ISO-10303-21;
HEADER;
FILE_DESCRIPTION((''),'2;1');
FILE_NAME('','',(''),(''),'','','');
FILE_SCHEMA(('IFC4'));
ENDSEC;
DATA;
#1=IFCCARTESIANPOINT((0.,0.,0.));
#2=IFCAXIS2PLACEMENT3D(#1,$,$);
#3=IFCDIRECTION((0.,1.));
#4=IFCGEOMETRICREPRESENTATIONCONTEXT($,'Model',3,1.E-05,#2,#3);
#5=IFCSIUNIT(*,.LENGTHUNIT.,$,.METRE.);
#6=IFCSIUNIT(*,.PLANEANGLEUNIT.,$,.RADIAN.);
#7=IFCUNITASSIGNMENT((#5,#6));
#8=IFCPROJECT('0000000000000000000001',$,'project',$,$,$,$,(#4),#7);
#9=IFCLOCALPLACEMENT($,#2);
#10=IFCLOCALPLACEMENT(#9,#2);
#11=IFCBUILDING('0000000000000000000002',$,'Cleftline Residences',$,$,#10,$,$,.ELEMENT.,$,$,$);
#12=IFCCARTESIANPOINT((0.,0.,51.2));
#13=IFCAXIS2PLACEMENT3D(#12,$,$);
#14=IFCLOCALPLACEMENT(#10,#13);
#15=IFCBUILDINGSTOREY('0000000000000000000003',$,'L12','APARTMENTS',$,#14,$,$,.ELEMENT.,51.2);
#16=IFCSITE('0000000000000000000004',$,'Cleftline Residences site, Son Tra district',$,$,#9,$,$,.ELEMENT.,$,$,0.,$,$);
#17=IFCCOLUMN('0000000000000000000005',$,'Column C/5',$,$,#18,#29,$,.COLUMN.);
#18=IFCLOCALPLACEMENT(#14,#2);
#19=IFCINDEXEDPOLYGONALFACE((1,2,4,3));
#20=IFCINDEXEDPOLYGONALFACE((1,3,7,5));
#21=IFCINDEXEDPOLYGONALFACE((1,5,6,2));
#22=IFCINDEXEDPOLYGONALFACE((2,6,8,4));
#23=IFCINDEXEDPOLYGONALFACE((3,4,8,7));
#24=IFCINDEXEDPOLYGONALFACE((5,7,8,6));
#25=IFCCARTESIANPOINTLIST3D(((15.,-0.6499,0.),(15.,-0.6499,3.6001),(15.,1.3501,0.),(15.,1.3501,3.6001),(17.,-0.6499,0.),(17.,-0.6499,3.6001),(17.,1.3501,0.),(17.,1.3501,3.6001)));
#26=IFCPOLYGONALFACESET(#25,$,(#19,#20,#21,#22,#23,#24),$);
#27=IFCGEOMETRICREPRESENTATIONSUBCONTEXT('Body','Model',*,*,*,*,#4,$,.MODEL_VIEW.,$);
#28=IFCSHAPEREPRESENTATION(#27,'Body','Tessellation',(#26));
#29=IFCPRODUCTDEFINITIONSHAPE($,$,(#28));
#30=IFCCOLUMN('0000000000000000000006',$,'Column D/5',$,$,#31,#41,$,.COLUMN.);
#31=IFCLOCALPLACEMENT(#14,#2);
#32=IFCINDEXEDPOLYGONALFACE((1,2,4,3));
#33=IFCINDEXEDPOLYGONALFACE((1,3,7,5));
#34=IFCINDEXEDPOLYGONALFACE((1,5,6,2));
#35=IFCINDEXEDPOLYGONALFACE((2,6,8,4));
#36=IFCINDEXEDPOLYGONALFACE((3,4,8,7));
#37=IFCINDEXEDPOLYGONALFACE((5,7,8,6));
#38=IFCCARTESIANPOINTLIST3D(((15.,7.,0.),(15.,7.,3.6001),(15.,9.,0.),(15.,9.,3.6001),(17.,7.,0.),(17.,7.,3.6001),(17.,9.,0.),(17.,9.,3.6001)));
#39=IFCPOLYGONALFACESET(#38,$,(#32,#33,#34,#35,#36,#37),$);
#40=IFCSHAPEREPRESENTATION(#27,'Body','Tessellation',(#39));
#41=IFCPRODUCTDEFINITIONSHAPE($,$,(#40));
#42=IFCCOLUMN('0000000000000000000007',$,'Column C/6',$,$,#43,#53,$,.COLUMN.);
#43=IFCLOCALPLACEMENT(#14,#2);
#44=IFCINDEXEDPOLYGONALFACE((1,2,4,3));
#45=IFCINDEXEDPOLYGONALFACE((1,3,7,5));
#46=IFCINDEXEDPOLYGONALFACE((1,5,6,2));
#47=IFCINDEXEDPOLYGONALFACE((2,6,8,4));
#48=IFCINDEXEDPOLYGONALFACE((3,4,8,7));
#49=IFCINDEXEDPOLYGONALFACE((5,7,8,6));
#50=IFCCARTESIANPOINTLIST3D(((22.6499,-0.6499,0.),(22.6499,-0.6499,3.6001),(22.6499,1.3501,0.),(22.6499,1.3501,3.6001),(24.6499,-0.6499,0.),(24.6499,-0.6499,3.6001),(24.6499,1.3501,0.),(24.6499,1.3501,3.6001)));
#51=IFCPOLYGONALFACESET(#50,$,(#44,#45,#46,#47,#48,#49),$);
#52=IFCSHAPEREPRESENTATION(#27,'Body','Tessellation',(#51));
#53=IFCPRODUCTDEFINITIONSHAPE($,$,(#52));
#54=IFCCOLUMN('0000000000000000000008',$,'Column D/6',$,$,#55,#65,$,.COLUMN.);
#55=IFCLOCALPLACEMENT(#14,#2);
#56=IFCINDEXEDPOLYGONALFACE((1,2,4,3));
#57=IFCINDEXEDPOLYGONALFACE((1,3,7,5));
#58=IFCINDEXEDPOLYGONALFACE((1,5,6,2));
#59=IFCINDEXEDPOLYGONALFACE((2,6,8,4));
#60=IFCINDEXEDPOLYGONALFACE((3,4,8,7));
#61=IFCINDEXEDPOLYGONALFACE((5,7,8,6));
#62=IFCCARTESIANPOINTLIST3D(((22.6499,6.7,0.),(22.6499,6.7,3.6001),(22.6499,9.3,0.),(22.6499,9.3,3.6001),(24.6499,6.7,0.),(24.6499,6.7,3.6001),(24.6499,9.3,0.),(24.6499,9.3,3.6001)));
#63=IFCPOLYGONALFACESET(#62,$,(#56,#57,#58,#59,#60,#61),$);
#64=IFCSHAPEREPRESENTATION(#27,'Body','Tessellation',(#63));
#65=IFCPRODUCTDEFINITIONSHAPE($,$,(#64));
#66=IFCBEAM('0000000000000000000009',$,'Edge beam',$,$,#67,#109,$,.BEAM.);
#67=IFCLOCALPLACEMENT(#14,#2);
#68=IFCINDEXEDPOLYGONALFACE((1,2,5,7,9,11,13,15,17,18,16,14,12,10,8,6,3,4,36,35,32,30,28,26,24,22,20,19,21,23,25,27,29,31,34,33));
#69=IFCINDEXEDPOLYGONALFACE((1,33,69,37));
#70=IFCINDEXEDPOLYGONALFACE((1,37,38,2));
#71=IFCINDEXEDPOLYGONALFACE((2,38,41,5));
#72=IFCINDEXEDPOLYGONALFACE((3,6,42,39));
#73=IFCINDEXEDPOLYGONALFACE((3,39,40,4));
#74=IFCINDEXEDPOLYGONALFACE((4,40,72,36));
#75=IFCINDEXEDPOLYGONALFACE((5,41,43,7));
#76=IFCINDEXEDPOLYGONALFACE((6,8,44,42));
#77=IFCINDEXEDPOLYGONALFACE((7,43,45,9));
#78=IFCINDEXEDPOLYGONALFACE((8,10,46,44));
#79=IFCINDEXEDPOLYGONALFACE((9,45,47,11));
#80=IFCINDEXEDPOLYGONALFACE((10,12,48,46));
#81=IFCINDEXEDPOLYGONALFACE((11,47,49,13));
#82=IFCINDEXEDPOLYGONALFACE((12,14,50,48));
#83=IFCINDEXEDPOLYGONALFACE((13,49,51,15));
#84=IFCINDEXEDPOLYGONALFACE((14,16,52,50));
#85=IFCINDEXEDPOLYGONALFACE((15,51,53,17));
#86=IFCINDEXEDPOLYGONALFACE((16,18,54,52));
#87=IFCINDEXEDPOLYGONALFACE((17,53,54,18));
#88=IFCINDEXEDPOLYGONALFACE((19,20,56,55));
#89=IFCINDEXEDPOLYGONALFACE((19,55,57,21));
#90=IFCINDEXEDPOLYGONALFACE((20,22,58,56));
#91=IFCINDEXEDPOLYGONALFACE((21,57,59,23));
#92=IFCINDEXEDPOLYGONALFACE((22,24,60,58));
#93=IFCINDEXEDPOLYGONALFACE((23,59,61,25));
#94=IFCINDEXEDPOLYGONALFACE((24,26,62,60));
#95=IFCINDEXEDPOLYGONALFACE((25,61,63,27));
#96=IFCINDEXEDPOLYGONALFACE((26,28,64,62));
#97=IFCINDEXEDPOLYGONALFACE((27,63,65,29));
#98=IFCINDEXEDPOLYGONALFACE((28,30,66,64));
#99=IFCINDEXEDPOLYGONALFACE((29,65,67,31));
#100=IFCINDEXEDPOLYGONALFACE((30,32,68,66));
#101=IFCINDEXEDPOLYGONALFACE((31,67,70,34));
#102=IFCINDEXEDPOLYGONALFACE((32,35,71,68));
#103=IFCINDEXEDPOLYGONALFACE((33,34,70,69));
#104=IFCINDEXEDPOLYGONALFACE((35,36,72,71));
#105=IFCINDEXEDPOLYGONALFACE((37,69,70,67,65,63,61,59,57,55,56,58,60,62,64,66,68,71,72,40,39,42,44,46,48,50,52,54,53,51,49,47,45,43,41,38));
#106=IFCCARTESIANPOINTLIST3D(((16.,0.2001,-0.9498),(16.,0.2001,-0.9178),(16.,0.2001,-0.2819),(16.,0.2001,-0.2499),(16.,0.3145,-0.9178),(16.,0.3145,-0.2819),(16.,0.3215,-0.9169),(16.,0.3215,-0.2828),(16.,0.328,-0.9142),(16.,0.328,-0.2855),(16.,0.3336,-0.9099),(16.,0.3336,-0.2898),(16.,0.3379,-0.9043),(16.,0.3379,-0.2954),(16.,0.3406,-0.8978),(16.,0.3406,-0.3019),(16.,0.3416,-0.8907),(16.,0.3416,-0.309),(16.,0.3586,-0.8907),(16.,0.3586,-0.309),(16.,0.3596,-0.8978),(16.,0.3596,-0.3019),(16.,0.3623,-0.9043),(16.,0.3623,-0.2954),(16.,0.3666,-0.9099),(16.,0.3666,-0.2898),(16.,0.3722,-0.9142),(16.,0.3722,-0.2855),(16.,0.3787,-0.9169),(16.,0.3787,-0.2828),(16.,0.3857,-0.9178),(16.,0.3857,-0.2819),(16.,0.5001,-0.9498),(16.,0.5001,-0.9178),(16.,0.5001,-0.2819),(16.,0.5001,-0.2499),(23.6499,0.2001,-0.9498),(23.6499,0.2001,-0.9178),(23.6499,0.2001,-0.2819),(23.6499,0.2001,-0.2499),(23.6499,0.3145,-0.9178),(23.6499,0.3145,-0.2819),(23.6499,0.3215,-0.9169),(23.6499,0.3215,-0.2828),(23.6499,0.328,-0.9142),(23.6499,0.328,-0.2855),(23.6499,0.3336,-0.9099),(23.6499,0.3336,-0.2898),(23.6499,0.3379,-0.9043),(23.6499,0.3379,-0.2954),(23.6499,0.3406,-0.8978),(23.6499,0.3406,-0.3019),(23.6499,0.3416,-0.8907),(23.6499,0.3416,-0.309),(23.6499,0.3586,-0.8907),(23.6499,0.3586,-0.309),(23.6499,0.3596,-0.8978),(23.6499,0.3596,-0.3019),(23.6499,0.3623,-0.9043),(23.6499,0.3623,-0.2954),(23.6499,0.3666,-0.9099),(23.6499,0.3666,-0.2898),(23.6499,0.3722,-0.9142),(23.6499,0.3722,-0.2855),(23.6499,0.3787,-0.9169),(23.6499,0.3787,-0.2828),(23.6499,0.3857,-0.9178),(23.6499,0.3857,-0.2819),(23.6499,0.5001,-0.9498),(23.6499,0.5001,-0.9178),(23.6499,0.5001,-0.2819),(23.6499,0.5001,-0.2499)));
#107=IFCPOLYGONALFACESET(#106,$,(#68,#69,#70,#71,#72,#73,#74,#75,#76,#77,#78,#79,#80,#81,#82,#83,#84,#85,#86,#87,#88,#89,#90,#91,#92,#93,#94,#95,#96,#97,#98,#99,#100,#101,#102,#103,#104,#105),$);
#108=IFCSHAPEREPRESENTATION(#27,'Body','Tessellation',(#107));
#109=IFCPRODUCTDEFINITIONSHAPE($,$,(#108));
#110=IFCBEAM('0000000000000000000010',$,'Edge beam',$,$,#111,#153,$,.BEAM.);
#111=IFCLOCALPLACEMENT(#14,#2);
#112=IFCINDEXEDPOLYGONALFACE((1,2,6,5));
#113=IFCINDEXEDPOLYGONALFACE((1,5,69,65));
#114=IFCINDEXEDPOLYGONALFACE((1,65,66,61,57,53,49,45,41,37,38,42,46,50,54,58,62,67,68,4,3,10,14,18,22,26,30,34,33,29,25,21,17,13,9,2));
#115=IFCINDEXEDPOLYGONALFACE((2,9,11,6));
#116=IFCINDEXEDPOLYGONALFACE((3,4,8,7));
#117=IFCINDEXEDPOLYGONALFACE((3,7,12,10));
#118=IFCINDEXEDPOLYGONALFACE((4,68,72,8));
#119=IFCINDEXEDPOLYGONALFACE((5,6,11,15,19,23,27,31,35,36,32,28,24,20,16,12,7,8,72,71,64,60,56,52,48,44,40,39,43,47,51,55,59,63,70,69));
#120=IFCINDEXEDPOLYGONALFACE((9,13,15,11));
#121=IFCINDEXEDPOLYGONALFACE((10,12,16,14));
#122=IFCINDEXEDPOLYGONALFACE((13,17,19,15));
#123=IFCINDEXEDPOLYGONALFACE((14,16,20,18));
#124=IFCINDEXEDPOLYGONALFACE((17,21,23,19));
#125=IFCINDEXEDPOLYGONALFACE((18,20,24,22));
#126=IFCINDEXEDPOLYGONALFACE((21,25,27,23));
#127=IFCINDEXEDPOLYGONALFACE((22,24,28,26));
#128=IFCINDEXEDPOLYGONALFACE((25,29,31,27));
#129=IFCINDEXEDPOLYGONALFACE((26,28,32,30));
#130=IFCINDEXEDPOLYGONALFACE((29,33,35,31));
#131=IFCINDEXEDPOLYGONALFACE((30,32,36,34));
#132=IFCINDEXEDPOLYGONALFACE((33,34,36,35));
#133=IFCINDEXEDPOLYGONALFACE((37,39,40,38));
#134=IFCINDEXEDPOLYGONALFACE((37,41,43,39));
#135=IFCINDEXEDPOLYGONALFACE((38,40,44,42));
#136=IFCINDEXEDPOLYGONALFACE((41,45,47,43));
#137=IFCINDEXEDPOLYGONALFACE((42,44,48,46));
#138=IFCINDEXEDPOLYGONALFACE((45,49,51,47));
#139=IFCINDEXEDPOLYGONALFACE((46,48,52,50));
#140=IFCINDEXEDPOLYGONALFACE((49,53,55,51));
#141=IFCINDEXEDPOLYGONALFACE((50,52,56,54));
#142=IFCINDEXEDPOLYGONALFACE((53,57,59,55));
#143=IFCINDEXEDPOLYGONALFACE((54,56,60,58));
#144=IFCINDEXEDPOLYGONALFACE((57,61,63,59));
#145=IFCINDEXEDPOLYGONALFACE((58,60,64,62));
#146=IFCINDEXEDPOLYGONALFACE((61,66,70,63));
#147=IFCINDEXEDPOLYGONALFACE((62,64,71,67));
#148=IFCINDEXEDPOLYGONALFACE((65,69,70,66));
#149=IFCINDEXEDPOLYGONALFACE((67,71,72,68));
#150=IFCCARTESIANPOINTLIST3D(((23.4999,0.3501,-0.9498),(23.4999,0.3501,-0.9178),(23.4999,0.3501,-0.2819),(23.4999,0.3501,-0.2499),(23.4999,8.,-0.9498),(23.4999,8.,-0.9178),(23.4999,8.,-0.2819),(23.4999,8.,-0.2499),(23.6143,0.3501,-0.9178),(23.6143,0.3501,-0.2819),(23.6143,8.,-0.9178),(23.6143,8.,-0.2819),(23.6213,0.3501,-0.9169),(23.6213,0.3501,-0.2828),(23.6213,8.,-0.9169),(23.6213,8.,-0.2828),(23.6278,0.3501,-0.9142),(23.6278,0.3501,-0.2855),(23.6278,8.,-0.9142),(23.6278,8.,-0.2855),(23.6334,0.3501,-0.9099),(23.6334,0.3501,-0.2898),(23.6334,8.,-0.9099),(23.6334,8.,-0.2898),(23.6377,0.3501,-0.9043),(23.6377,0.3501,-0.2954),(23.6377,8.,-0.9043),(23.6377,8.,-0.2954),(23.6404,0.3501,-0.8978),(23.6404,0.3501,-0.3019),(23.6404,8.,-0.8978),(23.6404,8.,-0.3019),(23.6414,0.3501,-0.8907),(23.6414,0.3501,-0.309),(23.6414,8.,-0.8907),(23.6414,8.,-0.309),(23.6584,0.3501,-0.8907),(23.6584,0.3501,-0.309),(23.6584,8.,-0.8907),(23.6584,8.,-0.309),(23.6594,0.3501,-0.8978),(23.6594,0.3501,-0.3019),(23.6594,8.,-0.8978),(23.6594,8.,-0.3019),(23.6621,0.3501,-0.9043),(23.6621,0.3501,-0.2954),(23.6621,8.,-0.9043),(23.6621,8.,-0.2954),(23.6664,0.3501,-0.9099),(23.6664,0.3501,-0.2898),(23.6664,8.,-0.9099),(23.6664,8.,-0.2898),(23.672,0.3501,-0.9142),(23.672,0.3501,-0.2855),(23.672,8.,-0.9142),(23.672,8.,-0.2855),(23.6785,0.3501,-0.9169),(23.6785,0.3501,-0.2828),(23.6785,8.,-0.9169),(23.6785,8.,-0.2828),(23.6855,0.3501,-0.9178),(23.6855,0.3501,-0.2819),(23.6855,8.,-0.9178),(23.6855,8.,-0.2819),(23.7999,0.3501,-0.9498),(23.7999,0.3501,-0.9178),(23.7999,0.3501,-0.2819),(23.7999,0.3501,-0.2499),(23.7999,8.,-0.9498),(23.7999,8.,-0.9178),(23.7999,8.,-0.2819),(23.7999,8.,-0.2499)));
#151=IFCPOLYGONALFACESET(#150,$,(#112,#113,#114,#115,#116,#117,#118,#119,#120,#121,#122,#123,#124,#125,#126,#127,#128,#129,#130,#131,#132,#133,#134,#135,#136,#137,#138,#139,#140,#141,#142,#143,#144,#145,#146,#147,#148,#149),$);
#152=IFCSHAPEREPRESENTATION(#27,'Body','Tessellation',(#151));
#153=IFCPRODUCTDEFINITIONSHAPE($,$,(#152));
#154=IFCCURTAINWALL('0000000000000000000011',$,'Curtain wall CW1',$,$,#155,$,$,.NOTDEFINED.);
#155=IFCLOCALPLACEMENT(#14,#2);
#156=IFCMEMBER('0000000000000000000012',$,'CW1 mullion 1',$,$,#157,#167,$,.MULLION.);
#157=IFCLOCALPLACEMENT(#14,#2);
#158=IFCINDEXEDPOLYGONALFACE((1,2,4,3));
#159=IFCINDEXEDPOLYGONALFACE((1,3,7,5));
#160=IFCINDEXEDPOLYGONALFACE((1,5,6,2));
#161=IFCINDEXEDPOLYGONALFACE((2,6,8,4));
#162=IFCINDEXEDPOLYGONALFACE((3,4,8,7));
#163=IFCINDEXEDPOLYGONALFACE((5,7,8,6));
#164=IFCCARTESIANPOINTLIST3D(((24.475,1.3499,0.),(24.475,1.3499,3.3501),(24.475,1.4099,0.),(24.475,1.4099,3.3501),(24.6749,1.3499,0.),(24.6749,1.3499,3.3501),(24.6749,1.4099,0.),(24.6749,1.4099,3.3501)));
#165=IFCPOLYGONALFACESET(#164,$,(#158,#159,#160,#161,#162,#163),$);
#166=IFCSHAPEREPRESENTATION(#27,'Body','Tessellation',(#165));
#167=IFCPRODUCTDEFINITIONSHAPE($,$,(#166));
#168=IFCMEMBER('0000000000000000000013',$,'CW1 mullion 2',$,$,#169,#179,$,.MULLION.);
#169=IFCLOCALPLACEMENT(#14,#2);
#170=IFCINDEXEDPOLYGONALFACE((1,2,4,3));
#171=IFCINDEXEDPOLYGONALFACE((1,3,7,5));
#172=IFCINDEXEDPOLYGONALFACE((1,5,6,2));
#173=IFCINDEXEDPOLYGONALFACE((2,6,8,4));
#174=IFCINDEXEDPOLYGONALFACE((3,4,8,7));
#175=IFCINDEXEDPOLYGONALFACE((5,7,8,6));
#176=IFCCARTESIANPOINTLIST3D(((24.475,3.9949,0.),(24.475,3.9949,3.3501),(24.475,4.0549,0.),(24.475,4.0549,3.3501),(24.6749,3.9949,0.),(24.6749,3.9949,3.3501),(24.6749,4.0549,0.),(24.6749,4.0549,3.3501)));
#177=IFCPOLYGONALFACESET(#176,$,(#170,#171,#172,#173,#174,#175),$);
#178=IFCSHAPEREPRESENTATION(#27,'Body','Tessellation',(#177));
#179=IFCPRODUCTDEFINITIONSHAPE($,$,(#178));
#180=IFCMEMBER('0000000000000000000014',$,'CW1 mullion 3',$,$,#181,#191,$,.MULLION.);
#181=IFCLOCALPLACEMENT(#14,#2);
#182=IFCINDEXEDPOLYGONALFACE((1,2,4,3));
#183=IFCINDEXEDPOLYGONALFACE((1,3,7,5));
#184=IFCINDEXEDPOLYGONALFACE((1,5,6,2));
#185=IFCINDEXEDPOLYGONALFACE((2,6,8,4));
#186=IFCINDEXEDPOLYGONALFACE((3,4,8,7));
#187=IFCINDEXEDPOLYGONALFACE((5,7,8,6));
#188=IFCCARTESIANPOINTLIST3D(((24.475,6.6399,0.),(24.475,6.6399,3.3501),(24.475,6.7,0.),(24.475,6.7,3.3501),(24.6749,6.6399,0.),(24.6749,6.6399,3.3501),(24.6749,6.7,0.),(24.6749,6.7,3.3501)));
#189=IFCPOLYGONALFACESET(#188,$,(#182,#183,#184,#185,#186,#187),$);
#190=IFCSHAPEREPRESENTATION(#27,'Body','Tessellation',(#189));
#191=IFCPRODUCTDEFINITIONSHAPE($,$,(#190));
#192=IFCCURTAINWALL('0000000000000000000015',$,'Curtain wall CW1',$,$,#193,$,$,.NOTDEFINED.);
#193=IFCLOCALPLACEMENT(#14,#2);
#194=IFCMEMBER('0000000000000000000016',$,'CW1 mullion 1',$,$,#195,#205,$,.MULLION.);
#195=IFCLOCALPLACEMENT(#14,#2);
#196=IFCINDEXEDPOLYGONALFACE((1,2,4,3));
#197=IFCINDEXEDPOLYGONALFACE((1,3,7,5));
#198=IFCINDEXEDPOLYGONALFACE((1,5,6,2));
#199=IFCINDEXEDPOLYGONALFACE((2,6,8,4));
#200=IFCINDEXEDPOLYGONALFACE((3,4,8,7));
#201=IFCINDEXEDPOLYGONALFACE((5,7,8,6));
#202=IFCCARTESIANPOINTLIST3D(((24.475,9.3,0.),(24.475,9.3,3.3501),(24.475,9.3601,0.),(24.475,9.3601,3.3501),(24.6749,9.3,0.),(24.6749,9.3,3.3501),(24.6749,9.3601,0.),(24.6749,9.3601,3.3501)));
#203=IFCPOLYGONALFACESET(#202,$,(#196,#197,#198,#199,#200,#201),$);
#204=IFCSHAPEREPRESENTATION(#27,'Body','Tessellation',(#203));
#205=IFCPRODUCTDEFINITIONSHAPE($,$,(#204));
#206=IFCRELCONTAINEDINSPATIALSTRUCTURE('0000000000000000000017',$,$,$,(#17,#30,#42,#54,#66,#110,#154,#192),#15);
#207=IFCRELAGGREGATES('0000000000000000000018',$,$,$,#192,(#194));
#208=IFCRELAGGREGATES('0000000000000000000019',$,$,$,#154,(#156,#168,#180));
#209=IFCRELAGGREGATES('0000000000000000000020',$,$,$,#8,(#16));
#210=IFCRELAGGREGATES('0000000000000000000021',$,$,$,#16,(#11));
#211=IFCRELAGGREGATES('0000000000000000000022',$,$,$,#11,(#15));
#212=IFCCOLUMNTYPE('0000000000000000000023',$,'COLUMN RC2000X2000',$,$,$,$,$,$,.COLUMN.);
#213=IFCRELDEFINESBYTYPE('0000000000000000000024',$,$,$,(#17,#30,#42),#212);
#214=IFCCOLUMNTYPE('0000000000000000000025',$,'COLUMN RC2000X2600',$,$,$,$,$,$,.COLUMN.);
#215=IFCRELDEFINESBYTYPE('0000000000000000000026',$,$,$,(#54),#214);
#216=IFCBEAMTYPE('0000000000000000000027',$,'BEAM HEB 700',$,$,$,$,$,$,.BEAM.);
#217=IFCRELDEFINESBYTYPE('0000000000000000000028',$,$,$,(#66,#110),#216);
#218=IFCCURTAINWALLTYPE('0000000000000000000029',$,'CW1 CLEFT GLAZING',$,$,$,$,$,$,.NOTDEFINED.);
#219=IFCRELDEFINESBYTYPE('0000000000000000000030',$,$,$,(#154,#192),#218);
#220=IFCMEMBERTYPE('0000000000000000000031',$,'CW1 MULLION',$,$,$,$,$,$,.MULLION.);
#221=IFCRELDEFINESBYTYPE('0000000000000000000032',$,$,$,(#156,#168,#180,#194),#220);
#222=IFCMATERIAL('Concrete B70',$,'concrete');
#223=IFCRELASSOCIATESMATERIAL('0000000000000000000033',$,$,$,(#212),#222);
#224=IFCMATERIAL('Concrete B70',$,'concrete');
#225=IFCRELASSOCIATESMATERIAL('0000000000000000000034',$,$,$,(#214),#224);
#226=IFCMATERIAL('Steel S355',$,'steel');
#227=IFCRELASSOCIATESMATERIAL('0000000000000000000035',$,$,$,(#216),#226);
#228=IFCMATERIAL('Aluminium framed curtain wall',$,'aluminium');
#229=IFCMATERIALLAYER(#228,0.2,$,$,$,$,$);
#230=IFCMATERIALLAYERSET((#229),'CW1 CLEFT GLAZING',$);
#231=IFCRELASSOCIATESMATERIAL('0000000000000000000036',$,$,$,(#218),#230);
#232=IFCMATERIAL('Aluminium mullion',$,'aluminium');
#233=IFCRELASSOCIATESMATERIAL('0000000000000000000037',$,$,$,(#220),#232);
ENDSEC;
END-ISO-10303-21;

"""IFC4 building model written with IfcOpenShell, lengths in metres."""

from ifc_helpers import new_model, si_unit, direction, frame, origin, origin_2d, place, context, subcontext, project, spatial, rectangle, i_section, extrude, material, layer, layer_set, material_profile, profile_set, type_object, element, aggregate, save


model = new_model("IFC4")

# Units and contexts
model_context = context("Model", 3, precision=1e-05, world=origin(), true_north=direction((0.0, 1.0)))
body_context = subcontext(model_context, "Body", "Model", "MODEL_VIEW")
ifc_project = project(units=[si_unit("LENGTHUNIT", "METRE"), si_unit("PLANEANGLEUNIT", "RADIAN")], contexts=[model_context])

# Site, building, storey
site_placement = place(None, origin())
site = spatial("IfcSite", under=ifc_project, at=site_placement, Name="Cleftline Residences site, Son Tra district", CompositionType="ELEMENT", RefElevation=0.0)
building_placement = place(site_placement, origin())
building = spatial("IfcBuilding", under=site, at=building_placement, Name="Cleftline Residences", CompositionType="ELEMENT")
storey_placement = place(building_placement, frame((0.0, 0.0, 51.2)))
storey = spatial("IfcBuildingStorey", under=building, at=storey_placement, Name="L12", Description="APARTMENTS", CompositionType="ELEMENT", Elevation=51.2)

# Columns
ifc_material_1 = material(Name="Concrete B70", Category="concrete")
ifc_material_profile_1 = material_profile(ifc_material_1, rectangle(XDim=2.0, YDim=2.0, at=origin_2d()))
ifc_profile_set_1 = profile_set([ifc_material_profile_1], Name="Concrete B70")
column_type_1 = type_object("IfcColumnType", Name="COLUMN RC2000X2000", PredefinedType="COLUMN", material=ifc_profile_set_1)
for number, where, z_axis, x_axis, name in (
    (1, (16.0, 0.3501, 0.0), (0.0, 0.0, 1.0), (1.0, 0.0, 0.0), "Column C/5"),
    (2, (16.0, 8.0, 0.0), (0.0, 0.0, 1.0), (1.0, 0.0, 0.0), "Column D/5"),
    (3, (23.6499, 0.3501, 0.0), (0.0, 0.0, 1.0), (1.0, 0.0, 0.0), "Column C/6"),
):
    element("IfcColumn", number, at=place(storey_placement, frame(where, z_axis=z_axis, x_axis=x_axis)), inside=storey, type_object=column_type_1, Name=name, PredefinedType="COLUMN", context=body_context, shape_type="SweptSolid", body=[
        extrude(rectangle(XDim=2.0, YDim=2.0, at=origin_2d()), origin(), (0.0, 0.0, 1.0), 3.6001),
    ])
ifc_material_2 = material(Name="Concrete B70", Category="concrete")
ifc_material_profile_2 = material_profile(ifc_material_2, rectangle(XDim=2.0, YDim=2.6001, at=origin_2d()))
ifc_profile_set_2 = profile_set([ifc_material_profile_2], Name="Concrete B70")
column_type_2 = type_object("IfcColumnType", Name="COLUMN RC2000X2600", PredefinedType="COLUMN", material=ifc_profile_set_2)
column_placement = place(storey_placement, frame((23.6499, 8.0, 0.0), z_axis=(0.0, 0.0, 1.0), x_axis=(1.0, 0.0, 0.0)))
element("IfcColumn", 4, at=column_placement, inside=storey, type_object=column_type_2, Name="Column D/6", PredefinedType="COLUMN", context=body_context, shape_type="SweptSolid", body=[
    extrude(rectangle(XDim=2.0, YDim=2.6001, at=origin_2d()), origin(), (0.0, 0.0, 1.0), 3.6001),
])

# Beams
ifc_material_3 = material(Name="Steel S355", Category="steel")
ifc_material_profile_3 = material_profile(ifc_material_3, i_section(OverallWidth=0.3, OverallDepth=0.7, WebThickness=0.0171, FlangeThickness=0.032, FilletRadius=0.0271, at=origin_2d()))
ifc_profile_set_3 = profile_set([ifc_material_profile_3], Name="Steel S355")
beam_type = type_object("IfcBeamType", Name="BEAM HEB 700", PredefinedType="BEAM", material=ifc_profile_set_3)
for number, where, z_axis, x_axis, name in (
    (5, (16.0, 0.3501, -0.5999), (1.0, 0.0, 0.0), (0.0, 1.0, 0.0), "Edge beam"),
    (6, (23.6499, 0.3501, -0.5999), (0.0, 1.0, 0.0), (-1.0, 0.0, 0.0), "Edge beam"),
):
    element("IfcBeam", number, at=place(storey_placement, frame(where, z_axis=z_axis, x_axis=x_axis)), inside=storey, type_object=beam_type, Name=name, PredefinedType="BEAM", context=body_context, shape_type="SweptSolid", body=[
        extrude(i_section(OverallWidth=0.3, OverallDepth=0.7, WebThickness=0.0171, FlangeThickness=0.032, FilletRadius=0.0271, at=origin_2d()), origin(), (0.0, 0.0, 1.0), 7.6499),
    ])

# Curtain wall, members
ifc_material_4 = material(Name="Aluminium framed curtain wall", Category="aluminium")
ifc_layer_1 = layer(ifc_material_4, 0.2)
ifc_layer_set_1 = layer_set([ifc_layer_1], Name="CW1 CLEFT GLAZING")
curtain_wall_type = type_object("IfcCurtainWallType", Name="CW1 CLEFT GLAZING", PredefinedType="NOTDEFINED", material=ifc_layer_set_1)
curtain_wall_1_placement = place(storey_placement, origin())
curtain_wall_1 = element("IfcCurtainWall", 7, at=curtain_wall_1_placement, inside=storey, type_object=curtain_wall_type, Name="Curtain wall CW1", PredefinedType="NOTDEFINED")
ifc_material_5 = material(Name="Aluminium mullion", Category="aluminium")
ifc_material_profile_4 = material_profile(ifc_material_5, rectangle(XDim=0.2, YDim=0.0601, at=origin_2d()))
ifc_profile_set_4 = profile_set([ifc_material_profile_4], Name="Aluminium mullion")
member_type_1 = type_object("IfcMemberType", Name="CW1 MULLION", PredefinedType="MULLION", material=ifc_profile_set_4)
member_1_placement = place(storey_placement, frame((24.575, 1.3799, 0.0), z_axis=(0.0, 0.0, 1.0), x_axis=(-1.0, 0.0, 0.0)))
member_1 = element("IfcMember", 8, at=member_1_placement, type_object=member_type_1, Name="CW1 mullion 1", PredefinedType="MULLION", context=body_context, shape_type="SweptSolid", body=[
    extrude(rectangle(XDim=0.2, YDim=0.0601, at=origin_2d()), origin(), (0.0, 0.0, 1.0), 3.3501),
])
member_2_placement = place(storey_placement, frame((24.575, 4.0249, 0.0), z_axis=(0.0, 0.0, 1.0), x_axis=(-1.0, 0.0, 0.0)))
member_2 = element("IfcMember", 9, at=member_2_placement, type_object=member_type_1, Name="CW1 mullion 2", PredefinedType="MULLION", context=body_context, shape_type="SweptSolid", body=[
    extrude(rectangle(XDim=0.2, YDim=0.0601, at=origin_2d()), origin(), (0.0, 0.0, 1.0), 3.3501),
])
member_3_placement = place(storey_placement, frame((24.575, 6.6699, 0.0), z_axis=(0.0, 0.0, 1.0), x_axis=(-1.0, 0.0, 0.0)))
member_3 = element("IfcMember", 10, at=member_3_placement, type_object=member_type_1, Name="CW1 mullion 3", PredefinedType="MULLION", context=body_context, shape_type="SweptSolid", body=[
    extrude(rectangle(XDim=0.2, YDim=0.0601, at=origin_2d()), origin(), (0.0, 0.0, 1.0), 3.3501),
])

# Curtain wall, member
curtain_wall_2_placement = place(storey_placement, origin())
curtain_wall_2 = element("IfcCurtainWall", 11, at=curtain_wall_2_placement, inside=storey, type_object=curtain_wall_type, Name="Curtain wall CW1", PredefinedType="NOTDEFINED")
member_4_placement = place(storey_placement, frame((24.575, 9.3301, 0.0), z_axis=(0.0, 0.0, 1.0), x_axis=(-1.0, 0.0, 0.0)))
member_4 = element("IfcMember", 12, at=member_4_placement, type_object=member_type_1, Name="CW1 mullion 1", PredefinedType="MULLION", context=body_context, shape_type="SweptSolid", body=[
    extrude(rectangle(XDim=0.2, YDim=0.0601, at=origin_2d()), origin(), (0.0, 0.0, 1.0), 3.3501),
])

aggregate(curtain_wall_2, [member_4])

aggregate(curtain_wall_1, [member_1, member_2, member_3])

save(model, "model.ifc")
